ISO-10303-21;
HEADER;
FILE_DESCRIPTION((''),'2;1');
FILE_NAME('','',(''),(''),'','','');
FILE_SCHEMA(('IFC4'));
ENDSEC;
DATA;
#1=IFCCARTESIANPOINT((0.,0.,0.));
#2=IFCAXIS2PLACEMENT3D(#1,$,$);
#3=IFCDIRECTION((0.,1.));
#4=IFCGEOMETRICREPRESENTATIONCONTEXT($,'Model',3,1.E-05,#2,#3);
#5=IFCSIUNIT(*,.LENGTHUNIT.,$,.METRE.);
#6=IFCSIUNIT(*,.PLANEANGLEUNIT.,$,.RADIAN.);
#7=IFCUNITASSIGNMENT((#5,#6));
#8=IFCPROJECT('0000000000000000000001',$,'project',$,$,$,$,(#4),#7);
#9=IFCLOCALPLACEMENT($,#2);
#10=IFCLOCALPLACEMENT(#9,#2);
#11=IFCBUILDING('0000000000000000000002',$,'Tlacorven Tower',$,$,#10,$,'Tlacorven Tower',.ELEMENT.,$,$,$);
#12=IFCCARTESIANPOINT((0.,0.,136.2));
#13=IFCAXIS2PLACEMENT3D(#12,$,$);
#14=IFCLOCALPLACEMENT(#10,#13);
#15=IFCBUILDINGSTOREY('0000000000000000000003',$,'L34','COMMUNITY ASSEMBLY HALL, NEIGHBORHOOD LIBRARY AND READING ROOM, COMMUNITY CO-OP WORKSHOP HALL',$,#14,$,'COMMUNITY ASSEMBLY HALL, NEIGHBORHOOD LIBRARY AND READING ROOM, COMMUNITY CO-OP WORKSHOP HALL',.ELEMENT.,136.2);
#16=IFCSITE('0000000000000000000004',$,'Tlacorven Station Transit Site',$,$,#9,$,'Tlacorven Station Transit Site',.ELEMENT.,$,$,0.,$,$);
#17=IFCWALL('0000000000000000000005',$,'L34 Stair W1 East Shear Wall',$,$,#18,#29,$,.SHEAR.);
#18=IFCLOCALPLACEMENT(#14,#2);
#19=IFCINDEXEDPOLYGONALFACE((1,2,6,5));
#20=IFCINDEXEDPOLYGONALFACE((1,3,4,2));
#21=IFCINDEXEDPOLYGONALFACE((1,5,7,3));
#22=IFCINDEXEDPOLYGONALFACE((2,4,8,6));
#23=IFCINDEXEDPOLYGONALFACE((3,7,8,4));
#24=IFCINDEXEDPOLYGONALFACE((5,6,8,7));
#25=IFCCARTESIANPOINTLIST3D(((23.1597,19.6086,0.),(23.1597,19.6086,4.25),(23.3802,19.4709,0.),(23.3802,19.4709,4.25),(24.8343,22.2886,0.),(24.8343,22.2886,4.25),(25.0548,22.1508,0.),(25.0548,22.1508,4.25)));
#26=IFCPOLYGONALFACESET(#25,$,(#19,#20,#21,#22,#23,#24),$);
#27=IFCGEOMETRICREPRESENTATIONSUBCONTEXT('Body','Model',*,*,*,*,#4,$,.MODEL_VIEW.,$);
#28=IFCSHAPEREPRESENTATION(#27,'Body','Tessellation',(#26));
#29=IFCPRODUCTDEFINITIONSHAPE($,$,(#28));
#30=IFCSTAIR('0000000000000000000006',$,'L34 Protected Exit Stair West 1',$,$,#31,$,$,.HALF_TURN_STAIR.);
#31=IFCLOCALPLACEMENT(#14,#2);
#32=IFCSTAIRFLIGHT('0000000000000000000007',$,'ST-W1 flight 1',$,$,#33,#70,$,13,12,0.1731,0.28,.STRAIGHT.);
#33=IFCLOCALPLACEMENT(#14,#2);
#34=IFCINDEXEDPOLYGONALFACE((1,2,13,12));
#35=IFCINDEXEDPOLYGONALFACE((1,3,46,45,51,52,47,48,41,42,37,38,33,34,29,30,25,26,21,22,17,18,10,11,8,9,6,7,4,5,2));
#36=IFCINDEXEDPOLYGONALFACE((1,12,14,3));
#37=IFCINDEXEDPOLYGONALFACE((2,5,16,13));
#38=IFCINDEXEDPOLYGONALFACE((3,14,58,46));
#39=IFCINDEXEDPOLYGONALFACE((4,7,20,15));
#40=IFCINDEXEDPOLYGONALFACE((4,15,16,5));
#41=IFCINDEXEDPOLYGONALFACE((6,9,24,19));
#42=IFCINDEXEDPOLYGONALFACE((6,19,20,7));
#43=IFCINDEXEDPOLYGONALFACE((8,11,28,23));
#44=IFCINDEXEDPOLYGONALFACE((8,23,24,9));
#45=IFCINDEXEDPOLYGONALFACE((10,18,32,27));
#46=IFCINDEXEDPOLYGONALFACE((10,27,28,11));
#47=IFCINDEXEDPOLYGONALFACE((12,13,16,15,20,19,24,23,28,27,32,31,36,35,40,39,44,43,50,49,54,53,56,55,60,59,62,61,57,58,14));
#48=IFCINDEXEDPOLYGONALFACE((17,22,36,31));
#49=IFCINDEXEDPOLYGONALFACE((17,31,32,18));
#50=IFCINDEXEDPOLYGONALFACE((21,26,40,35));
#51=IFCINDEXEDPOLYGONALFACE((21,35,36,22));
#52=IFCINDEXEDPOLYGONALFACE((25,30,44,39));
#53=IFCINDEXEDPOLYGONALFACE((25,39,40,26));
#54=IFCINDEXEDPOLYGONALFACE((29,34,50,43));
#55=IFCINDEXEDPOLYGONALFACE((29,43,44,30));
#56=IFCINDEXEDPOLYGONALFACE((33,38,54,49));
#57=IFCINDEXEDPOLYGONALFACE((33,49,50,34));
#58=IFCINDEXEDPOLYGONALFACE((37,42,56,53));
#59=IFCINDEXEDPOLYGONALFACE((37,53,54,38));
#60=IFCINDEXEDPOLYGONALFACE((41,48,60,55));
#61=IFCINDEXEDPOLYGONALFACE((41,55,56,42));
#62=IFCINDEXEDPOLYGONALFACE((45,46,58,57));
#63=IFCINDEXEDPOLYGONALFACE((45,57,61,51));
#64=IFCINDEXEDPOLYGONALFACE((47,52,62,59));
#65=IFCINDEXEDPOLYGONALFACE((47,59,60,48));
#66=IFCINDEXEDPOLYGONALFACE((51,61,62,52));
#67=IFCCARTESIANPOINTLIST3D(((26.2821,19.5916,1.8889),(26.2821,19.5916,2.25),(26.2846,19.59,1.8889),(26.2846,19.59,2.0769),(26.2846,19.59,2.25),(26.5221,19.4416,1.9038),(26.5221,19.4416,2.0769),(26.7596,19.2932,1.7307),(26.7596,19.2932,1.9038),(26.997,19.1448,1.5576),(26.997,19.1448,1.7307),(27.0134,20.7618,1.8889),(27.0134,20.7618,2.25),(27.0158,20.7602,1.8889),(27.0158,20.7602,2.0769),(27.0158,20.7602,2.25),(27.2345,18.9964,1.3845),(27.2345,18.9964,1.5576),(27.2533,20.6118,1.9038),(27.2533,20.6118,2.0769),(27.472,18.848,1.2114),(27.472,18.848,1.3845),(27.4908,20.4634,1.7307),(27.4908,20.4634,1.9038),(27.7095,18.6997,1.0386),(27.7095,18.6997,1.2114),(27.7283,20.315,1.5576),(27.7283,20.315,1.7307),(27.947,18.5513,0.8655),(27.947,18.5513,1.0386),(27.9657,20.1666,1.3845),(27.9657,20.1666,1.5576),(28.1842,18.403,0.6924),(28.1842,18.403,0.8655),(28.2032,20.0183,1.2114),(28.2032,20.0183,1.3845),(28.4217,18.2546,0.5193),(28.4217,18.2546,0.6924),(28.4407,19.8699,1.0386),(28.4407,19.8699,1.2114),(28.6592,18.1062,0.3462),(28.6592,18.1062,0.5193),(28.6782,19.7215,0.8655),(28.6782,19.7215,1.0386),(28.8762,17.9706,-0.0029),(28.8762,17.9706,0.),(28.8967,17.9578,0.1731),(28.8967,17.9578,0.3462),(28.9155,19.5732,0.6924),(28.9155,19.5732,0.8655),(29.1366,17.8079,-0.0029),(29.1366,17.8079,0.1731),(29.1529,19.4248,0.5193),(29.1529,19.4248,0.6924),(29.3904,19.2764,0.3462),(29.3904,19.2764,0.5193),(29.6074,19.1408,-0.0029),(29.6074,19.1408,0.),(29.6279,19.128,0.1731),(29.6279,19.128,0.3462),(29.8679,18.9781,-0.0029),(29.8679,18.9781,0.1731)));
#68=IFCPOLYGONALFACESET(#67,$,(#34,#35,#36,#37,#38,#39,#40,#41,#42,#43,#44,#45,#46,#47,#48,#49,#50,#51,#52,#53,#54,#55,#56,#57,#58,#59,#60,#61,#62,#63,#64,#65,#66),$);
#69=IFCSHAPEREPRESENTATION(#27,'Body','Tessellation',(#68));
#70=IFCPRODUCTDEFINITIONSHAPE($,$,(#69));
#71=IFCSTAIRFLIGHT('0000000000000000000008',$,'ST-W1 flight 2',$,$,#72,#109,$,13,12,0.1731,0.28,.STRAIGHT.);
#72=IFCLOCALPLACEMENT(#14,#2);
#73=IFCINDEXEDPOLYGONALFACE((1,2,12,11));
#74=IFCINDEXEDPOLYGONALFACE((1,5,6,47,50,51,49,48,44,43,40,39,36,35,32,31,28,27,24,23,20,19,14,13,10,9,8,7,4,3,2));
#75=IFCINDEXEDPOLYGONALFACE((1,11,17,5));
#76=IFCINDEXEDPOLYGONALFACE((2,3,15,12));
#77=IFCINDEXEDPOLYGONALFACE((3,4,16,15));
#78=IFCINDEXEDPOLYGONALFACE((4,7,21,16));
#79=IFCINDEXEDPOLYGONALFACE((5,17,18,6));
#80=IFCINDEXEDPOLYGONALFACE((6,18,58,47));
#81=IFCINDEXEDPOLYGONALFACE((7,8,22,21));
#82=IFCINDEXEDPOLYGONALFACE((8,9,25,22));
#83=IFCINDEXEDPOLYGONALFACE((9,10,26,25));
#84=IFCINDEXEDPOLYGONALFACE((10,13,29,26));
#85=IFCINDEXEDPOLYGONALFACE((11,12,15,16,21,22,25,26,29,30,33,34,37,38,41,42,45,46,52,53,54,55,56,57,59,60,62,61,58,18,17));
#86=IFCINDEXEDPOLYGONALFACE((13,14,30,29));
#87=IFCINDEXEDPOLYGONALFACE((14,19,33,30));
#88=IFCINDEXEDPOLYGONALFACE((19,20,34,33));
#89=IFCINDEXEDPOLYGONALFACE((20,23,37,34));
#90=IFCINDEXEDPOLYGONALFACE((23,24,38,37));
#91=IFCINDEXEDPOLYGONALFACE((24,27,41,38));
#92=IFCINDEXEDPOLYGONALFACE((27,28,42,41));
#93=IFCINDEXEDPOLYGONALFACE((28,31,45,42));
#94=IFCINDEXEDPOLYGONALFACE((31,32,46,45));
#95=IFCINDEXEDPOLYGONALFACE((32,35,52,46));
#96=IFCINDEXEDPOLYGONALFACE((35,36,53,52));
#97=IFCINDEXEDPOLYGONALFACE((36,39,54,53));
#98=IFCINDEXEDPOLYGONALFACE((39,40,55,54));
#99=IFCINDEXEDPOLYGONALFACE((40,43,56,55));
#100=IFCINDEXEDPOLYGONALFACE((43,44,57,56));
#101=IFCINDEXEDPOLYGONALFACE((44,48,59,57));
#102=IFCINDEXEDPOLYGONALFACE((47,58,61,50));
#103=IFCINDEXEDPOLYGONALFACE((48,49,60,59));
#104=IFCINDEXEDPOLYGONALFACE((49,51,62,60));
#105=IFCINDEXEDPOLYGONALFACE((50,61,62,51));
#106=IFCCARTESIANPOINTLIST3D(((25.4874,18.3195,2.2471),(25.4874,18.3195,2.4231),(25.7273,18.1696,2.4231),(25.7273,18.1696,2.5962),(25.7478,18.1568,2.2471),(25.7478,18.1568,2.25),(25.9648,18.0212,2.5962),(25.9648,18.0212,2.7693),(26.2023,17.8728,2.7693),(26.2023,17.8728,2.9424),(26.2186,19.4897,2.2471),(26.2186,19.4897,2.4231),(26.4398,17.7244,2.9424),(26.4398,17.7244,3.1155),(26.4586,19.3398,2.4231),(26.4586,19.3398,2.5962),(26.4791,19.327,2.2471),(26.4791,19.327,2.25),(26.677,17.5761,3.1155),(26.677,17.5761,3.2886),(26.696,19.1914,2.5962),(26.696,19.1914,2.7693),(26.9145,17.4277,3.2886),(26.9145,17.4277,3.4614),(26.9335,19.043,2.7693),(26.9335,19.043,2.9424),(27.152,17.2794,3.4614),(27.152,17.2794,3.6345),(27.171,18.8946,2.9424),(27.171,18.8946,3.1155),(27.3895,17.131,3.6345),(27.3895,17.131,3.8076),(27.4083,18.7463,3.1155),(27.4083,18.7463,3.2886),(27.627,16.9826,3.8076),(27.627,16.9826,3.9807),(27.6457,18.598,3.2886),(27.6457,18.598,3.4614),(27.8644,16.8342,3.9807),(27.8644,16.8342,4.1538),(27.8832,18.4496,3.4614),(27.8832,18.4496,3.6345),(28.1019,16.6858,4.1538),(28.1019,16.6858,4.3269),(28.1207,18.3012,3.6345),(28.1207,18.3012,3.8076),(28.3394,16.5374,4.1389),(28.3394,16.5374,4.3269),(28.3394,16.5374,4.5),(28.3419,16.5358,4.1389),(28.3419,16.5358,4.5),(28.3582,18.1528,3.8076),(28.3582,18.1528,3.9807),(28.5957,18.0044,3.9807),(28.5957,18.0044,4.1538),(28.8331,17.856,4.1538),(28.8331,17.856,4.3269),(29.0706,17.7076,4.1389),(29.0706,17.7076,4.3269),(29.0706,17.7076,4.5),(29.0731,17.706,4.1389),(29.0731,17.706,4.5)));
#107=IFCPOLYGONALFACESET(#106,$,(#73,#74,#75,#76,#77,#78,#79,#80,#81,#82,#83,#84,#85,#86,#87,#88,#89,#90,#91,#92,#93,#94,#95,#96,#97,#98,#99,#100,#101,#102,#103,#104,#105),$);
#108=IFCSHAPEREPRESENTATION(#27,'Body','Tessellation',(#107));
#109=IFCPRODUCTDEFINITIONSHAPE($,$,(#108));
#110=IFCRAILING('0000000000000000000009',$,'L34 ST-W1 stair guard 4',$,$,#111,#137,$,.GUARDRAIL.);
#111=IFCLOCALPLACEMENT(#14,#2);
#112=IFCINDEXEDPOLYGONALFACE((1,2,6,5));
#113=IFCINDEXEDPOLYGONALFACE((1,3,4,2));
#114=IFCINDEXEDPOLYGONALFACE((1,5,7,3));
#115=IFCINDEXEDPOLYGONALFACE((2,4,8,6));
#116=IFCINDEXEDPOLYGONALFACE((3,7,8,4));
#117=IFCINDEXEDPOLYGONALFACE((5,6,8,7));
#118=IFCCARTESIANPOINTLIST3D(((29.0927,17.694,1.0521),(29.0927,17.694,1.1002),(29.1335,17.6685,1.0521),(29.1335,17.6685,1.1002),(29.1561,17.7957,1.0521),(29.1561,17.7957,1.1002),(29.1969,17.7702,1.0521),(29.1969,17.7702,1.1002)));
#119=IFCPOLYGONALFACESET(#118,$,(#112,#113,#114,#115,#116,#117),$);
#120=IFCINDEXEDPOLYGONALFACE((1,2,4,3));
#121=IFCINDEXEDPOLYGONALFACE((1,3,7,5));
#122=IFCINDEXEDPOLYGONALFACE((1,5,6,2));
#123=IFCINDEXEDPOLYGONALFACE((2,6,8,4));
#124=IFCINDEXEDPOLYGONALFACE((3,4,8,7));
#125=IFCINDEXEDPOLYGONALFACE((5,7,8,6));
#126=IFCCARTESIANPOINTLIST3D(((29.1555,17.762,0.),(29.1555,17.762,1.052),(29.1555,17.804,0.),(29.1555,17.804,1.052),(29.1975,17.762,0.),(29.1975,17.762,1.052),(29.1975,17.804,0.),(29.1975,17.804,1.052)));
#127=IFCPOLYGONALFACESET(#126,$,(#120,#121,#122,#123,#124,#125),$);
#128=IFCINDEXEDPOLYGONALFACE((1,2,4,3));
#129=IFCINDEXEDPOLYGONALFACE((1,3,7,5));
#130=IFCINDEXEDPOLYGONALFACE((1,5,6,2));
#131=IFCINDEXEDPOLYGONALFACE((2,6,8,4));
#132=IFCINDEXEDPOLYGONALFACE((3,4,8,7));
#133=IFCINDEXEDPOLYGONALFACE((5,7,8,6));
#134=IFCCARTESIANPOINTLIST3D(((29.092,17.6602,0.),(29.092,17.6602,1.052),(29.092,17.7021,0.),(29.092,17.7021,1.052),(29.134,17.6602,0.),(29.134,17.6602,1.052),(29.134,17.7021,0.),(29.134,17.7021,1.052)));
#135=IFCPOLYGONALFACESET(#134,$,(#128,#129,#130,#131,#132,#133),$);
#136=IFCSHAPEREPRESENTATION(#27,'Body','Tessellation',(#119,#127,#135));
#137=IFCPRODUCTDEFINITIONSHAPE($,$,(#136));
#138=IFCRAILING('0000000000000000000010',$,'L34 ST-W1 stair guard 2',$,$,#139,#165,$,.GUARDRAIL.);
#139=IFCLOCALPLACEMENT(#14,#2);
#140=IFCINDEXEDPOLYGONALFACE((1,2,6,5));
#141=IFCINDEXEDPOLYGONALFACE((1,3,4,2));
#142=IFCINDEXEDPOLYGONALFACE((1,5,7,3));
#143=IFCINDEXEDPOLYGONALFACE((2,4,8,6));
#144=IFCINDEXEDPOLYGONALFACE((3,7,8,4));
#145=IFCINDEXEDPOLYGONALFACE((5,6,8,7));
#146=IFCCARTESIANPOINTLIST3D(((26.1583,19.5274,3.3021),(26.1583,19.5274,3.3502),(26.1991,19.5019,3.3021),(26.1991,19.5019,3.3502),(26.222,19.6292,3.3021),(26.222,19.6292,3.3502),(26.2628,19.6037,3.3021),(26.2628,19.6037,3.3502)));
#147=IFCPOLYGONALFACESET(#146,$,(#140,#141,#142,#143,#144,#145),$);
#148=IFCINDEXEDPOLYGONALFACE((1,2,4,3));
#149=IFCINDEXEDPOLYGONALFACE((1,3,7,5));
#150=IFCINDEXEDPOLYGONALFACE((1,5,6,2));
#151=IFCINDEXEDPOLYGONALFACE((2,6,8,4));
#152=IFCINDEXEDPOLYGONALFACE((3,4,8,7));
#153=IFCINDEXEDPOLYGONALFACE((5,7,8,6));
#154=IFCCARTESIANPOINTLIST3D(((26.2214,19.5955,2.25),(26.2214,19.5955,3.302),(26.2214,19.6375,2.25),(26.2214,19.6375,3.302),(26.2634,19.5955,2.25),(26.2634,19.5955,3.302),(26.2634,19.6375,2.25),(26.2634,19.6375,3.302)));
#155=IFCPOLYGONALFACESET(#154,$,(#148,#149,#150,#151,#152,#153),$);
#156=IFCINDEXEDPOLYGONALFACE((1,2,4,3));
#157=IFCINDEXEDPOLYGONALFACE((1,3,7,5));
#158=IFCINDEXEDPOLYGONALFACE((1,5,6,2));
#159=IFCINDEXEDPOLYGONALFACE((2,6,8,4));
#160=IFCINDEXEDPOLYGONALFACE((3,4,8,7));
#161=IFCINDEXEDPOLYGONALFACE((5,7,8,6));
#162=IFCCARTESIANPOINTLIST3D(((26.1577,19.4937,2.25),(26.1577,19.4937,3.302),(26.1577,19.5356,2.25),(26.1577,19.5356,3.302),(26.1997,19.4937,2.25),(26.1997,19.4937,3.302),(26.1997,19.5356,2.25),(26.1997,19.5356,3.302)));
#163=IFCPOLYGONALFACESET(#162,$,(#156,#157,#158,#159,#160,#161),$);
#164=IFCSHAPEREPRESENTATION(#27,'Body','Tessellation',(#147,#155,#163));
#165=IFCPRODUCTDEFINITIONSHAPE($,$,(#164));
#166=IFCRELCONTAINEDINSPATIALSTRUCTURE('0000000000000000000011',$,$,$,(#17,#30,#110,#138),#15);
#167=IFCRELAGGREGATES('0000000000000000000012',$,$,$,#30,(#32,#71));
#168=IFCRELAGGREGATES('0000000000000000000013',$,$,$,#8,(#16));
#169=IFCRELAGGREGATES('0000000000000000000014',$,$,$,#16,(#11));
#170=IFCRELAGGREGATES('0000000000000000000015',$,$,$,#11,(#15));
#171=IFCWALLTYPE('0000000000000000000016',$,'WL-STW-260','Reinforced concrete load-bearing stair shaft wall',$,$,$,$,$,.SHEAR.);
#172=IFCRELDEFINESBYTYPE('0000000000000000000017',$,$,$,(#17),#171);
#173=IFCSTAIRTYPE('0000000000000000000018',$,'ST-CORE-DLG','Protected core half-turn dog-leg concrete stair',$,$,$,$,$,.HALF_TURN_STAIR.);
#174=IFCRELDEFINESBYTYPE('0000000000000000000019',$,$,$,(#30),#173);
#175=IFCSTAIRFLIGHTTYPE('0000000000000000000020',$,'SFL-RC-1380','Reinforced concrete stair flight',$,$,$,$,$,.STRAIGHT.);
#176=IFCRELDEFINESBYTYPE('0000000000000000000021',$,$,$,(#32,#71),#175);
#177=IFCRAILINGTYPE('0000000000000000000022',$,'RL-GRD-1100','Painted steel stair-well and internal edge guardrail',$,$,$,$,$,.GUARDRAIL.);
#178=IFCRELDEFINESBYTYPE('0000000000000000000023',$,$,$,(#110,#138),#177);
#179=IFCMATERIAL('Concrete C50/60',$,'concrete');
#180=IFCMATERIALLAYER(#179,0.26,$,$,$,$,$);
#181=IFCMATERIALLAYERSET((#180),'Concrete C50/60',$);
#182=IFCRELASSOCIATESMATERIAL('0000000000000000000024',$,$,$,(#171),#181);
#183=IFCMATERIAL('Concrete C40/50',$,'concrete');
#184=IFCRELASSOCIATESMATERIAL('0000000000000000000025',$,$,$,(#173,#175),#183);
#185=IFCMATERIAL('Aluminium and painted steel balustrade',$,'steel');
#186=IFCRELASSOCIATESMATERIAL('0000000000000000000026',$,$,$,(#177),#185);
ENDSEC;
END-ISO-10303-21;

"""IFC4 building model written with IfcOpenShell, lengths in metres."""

from ifc_helpers import new_model, si_unit, direction, frame, frame_2d, origin, origin_2d, place, context, subcontext, project, spatial, polyline, rectangle, outline, extrude, source, transform, mapped, material, layer, layer_set, type_object, element, aggregate, save


model = new_model("IFC4")

# Units and contexts
model_context = context("Model", 3, precision=1e-05, world=origin(), true_north=direction((0.0, 1.0)))
body_context = subcontext(model_context, "Body", "Model", "MODEL_VIEW")
ifc_project = project(units=[si_unit("LENGTHUNIT", "METRE"), si_unit("PLANEANGLEUNIT", "RADIAN")], contexts=[model_context])

# Site, building, storey
site_placement = place(None, origin())
site = spatial("IfcSite", under=ifc_project, at=site_placement, Name="Tlacorven Station Transit Site", LongName="Tlacorven Station Transit Site", CompositionType="ELEMENT", RefElevation=0.0)
building_placement = place(site_placement, origin())
building = spatial("IfcBuilding", under=site, at=building_placement, Name="Tlacorven Tower", LongName="Tlacorven Tower", CompositionType="ELEMENT")
storey_placement = place(building_placement, frame((0.0, 0.0, 136.2)))
storey = spatial("IfcBuildingStorey", under=building, at=storey_placement, Name="L34", Description="COMMUNITY ASSEMBLY HALL, NEIGHBORHOOD LIBRARY AND READING ROOM, COMMUNITY CO-OP WORKSHOP HALL", LongName="COMMUNITY ASSEMBLY HALL, NEIGHBORHOOD LIBRARY AND READING ROOM, COMMUNITY CO-OP WORKSHOP HALL", CompositionType="ELEMENT", Elevation=136.2)

# Shared definitions
ifc_material_1 = material(Name="Concrete C40/50", Category="concrete")

# Shared definitions
ifc_material_2 = material(Name="Concrete C50/60", Category="concrete")
ifc_layer_1 = layer(ifc_material_2, 0.26)
ifc_layer_set_1 = layer_set([ifc_layer_1], Name="Concrete C50/60")
wall_type_1 = type_object("IfcWallType", Name="WL-STW-260", Description="Reinforced concrete load-bearing stair shaft wall", PredefinedType="SHEAR", material=ifc_layer_set_1)

# Wall
wall_1_placement = place(storey_placement, frame((24.9446, 22.2197, 0.0), z_axis=(0.0, 0.0, 1.0), x_axis=(-0.529909, -0.848055, 0.0)))
element("IfcWall", 1, at=wall_1_placement, inside=storey, type_object=wall_type_1, Name="L34 Stair W1 East Shear Wall", PredefinedType="SHEAR", context=body_context, shape_type="SweptSolid", body=[
    extrude(rectangle(XDim=3.1602, YDim=0.26, at=frame_2d((1.5801, 0.0))), origin(), (0.0, 0.0, 1.0), 4.25),
])

# Stair, stair flights
stair_type = type_object("IfcStairType", Name="ST-CORE-DLG", Description="Protected core half-turn dog-leg concrete stair", PredefinedType="HALF_TURN_STAIR", material=ifc_material_1)
stair_placement = place(storey_placement, origin())
stair = element("IfcStair", 2, at=stair_placement, inside=storey, type_object=stair_type, Name="L34 Protected Exit Stair West 1", PredefinedType="HALF_TURN_STAIR")
stair_flight_type = type_object("IfcStairFlightType", Name="SFL-RC-1380", Description="Reinforced concrete stair flight", PredefinedType="STRAIGHT", material=ifc_material_1)
shared_shape_1 = source(origin(), body_context, "Body", "SweptSolid", [
    extrude(outline(polyline([(-0.0029, -0.0029), (-0.0029, 0.1731), (0.28, 0.1731), (0.28, 0.3462), (0.5601, 0.3462), (0.5601, 0.5193), (0.8401, 0.5193), (0.8401, 0.6924), (1.1201, 0.6924), (1.1201, 0.8655), (1.3999, 0.8655), (1.3999, 1.0386), (1.6799, 1.0386), (1.6799, 1.2114), (1.96, 1.2114), (1.96, 1.3845), (2.24, 1.3845), (2.24, 1.5576), (2.52, 1.5576), (2.52, 1.7307), (2.8, 1.7307), (2.8, 1.9038), (3.0801, 1.9038), (3.0801, 2.0769), (3.3601, 2.0769), (3.3601, 2.25), (3.363, 2.25), (3.363, 1.8889), (3.3601, 1.8889), (0.3042, 0.0), (0.3042, -0.0029), (-0.0029, -0.0029)])), frame((0.0, 0.6899, 0.0), z_axis=(0.0, -1.0, 0.0), x_axis=(1.0, 0.0, 0.0)), (0.0, 0.0, 1.0), 1.3799),
])
stair_flight_1_placement = place(storey_placement, frame((29.4998, 18.3945, 0.0), z_axis=(0.0, 0.0, 1.0), x_axis=(-0.848048, 0.529919, 0.0)))
stair_flight_1 = element("IfcStairFlight", 3, at=stair_flight_1_placement, type_object=stair_flight_type, Name="ST-W1 flight 1", NumberOfRisers=13, NumberOfTreads=12, PredefinedType="STRAIGHT", RiserHeight=0.1731, TreadLength=0.28, context=body_context, shape_type="MappedRepresentation", body=[
    mapped(shared_shape_1, transform((0.0, 0.0, 0.0), scale=1.0)),
])
stair_flight_2_placement = place(storey_placement, frame((25.8555, 18.9031, 2.25), z_axis=(0.0, 0.0, 1.0), x_axis=(0.848048, -0.529919, 0.0)))
stair_flight_2 = element("IfcStairFlight", 4, at=stair_flight_2_placement, type_object=stair_flight_type, Name="ST-W1 flight 2", NumberOfRisers=13, NumberOfTreads=12, PredefinedType="STRAIGHT", RiserHeight=0.1731, TreadLength=0.28, context=body_context, shape_type="MappedRepresentation", body=[
    mapped(shared_shape_1, transform((0.0, 0.0, 0.0), scale=1.0)),
])
aggregate(stair, [stair_flight_1, stair_flight_2])

# Railings
ifc_material_3 = material(Name="Aluminium and painted steel balustrade", Category="steel")
railing_type_1 = type_object("IfcRailingType", Name="RL-GRD-1100", Description="Painted steel stair-well and internal edge guardrail", PredefinedType="GUARDRAIL", material=ifc_material_3)
shared_shape_2 = source(origin(), body_context, "Body", "SweptSolid", [
    extrude(rectangle(XDim=0.0481, YDim=0.0481, at=origin_2d()), frame((0.0, 0.0, 1.0762), z_axis=(-0.529084, -0.848569, 0.0), x_axis=(0.848569, -0.529084, 0.0)), (0.0, 0.0, 1.0), 0.1199),
    extrude(rectangle(XDim=0.042, YDim=0.042, at=origin_2d()), origin(), (0.0, 0.0, 1.0), 1.052),
    extrude(rectangle(XDim=0.042, YDim=0.042, at=origin_2d()), frame((-0.0635, -0.1018, 0.0)), (0.0, 0.0, 1.0), 1.052),
])
railing_1_placement = place(storey_placement, frame((29.1765, 17.783, 0.0)))
element("IfcRailing", 5, at=railing_1_placement, inside=storey, type_object=railing_type_1, Name="L34 ST-W1 stair guard 4", PredefinedType="GUARDRAIL", context=body_context, shape_type="MappedRepresentation", body=[
    mapped(shared_shape_2, transform((0.0, 0.0, 0.0), scale=1.0)),
])
shared_shape_3 = source(origin(), body_context, "Body", "SweptSolid", [
    extrude(rectangle(XDim=0.0481, YDim=0.0481, at=origin_2d()), frame((0.0, 0.0, 1.0762), z_axis=(-0.530547, -0.847656, 0.0), x_axis=(0.847656, -0.530547, 0.0)), (0.0, 0.0, 1.0), 0.1201),
    extrude(rectangle(XDim=0.042, YDim=0.042, at=origin_2d()), origin(), (0.0, 0.0, 1.0), 1.052),
    extrude(rectangle(XDim=0.042, YDim=0.042, at=origin_2d()), frame((-0.0637, -0.1018, 0.0)), (0.0, 0.0, 1.0), 1.052),
])
railing_2_placement = place(storey_placement, frame((26.2424, 19.6165, 2.25)))
element("IfcRailing", 6, at=railing_2_placement, inside=storey, type_object=railing_type_1, Name="L34 ST-W1 stair guard 2", PredefinedType="GUARDRAIL", context=body_context, shape_type="MappedRepresentation", body=[
    mapped(shared_shape_3, transform((0.0, 0.0, 0.0), scale=1.0)),
])

save(model, "model.ifc")
